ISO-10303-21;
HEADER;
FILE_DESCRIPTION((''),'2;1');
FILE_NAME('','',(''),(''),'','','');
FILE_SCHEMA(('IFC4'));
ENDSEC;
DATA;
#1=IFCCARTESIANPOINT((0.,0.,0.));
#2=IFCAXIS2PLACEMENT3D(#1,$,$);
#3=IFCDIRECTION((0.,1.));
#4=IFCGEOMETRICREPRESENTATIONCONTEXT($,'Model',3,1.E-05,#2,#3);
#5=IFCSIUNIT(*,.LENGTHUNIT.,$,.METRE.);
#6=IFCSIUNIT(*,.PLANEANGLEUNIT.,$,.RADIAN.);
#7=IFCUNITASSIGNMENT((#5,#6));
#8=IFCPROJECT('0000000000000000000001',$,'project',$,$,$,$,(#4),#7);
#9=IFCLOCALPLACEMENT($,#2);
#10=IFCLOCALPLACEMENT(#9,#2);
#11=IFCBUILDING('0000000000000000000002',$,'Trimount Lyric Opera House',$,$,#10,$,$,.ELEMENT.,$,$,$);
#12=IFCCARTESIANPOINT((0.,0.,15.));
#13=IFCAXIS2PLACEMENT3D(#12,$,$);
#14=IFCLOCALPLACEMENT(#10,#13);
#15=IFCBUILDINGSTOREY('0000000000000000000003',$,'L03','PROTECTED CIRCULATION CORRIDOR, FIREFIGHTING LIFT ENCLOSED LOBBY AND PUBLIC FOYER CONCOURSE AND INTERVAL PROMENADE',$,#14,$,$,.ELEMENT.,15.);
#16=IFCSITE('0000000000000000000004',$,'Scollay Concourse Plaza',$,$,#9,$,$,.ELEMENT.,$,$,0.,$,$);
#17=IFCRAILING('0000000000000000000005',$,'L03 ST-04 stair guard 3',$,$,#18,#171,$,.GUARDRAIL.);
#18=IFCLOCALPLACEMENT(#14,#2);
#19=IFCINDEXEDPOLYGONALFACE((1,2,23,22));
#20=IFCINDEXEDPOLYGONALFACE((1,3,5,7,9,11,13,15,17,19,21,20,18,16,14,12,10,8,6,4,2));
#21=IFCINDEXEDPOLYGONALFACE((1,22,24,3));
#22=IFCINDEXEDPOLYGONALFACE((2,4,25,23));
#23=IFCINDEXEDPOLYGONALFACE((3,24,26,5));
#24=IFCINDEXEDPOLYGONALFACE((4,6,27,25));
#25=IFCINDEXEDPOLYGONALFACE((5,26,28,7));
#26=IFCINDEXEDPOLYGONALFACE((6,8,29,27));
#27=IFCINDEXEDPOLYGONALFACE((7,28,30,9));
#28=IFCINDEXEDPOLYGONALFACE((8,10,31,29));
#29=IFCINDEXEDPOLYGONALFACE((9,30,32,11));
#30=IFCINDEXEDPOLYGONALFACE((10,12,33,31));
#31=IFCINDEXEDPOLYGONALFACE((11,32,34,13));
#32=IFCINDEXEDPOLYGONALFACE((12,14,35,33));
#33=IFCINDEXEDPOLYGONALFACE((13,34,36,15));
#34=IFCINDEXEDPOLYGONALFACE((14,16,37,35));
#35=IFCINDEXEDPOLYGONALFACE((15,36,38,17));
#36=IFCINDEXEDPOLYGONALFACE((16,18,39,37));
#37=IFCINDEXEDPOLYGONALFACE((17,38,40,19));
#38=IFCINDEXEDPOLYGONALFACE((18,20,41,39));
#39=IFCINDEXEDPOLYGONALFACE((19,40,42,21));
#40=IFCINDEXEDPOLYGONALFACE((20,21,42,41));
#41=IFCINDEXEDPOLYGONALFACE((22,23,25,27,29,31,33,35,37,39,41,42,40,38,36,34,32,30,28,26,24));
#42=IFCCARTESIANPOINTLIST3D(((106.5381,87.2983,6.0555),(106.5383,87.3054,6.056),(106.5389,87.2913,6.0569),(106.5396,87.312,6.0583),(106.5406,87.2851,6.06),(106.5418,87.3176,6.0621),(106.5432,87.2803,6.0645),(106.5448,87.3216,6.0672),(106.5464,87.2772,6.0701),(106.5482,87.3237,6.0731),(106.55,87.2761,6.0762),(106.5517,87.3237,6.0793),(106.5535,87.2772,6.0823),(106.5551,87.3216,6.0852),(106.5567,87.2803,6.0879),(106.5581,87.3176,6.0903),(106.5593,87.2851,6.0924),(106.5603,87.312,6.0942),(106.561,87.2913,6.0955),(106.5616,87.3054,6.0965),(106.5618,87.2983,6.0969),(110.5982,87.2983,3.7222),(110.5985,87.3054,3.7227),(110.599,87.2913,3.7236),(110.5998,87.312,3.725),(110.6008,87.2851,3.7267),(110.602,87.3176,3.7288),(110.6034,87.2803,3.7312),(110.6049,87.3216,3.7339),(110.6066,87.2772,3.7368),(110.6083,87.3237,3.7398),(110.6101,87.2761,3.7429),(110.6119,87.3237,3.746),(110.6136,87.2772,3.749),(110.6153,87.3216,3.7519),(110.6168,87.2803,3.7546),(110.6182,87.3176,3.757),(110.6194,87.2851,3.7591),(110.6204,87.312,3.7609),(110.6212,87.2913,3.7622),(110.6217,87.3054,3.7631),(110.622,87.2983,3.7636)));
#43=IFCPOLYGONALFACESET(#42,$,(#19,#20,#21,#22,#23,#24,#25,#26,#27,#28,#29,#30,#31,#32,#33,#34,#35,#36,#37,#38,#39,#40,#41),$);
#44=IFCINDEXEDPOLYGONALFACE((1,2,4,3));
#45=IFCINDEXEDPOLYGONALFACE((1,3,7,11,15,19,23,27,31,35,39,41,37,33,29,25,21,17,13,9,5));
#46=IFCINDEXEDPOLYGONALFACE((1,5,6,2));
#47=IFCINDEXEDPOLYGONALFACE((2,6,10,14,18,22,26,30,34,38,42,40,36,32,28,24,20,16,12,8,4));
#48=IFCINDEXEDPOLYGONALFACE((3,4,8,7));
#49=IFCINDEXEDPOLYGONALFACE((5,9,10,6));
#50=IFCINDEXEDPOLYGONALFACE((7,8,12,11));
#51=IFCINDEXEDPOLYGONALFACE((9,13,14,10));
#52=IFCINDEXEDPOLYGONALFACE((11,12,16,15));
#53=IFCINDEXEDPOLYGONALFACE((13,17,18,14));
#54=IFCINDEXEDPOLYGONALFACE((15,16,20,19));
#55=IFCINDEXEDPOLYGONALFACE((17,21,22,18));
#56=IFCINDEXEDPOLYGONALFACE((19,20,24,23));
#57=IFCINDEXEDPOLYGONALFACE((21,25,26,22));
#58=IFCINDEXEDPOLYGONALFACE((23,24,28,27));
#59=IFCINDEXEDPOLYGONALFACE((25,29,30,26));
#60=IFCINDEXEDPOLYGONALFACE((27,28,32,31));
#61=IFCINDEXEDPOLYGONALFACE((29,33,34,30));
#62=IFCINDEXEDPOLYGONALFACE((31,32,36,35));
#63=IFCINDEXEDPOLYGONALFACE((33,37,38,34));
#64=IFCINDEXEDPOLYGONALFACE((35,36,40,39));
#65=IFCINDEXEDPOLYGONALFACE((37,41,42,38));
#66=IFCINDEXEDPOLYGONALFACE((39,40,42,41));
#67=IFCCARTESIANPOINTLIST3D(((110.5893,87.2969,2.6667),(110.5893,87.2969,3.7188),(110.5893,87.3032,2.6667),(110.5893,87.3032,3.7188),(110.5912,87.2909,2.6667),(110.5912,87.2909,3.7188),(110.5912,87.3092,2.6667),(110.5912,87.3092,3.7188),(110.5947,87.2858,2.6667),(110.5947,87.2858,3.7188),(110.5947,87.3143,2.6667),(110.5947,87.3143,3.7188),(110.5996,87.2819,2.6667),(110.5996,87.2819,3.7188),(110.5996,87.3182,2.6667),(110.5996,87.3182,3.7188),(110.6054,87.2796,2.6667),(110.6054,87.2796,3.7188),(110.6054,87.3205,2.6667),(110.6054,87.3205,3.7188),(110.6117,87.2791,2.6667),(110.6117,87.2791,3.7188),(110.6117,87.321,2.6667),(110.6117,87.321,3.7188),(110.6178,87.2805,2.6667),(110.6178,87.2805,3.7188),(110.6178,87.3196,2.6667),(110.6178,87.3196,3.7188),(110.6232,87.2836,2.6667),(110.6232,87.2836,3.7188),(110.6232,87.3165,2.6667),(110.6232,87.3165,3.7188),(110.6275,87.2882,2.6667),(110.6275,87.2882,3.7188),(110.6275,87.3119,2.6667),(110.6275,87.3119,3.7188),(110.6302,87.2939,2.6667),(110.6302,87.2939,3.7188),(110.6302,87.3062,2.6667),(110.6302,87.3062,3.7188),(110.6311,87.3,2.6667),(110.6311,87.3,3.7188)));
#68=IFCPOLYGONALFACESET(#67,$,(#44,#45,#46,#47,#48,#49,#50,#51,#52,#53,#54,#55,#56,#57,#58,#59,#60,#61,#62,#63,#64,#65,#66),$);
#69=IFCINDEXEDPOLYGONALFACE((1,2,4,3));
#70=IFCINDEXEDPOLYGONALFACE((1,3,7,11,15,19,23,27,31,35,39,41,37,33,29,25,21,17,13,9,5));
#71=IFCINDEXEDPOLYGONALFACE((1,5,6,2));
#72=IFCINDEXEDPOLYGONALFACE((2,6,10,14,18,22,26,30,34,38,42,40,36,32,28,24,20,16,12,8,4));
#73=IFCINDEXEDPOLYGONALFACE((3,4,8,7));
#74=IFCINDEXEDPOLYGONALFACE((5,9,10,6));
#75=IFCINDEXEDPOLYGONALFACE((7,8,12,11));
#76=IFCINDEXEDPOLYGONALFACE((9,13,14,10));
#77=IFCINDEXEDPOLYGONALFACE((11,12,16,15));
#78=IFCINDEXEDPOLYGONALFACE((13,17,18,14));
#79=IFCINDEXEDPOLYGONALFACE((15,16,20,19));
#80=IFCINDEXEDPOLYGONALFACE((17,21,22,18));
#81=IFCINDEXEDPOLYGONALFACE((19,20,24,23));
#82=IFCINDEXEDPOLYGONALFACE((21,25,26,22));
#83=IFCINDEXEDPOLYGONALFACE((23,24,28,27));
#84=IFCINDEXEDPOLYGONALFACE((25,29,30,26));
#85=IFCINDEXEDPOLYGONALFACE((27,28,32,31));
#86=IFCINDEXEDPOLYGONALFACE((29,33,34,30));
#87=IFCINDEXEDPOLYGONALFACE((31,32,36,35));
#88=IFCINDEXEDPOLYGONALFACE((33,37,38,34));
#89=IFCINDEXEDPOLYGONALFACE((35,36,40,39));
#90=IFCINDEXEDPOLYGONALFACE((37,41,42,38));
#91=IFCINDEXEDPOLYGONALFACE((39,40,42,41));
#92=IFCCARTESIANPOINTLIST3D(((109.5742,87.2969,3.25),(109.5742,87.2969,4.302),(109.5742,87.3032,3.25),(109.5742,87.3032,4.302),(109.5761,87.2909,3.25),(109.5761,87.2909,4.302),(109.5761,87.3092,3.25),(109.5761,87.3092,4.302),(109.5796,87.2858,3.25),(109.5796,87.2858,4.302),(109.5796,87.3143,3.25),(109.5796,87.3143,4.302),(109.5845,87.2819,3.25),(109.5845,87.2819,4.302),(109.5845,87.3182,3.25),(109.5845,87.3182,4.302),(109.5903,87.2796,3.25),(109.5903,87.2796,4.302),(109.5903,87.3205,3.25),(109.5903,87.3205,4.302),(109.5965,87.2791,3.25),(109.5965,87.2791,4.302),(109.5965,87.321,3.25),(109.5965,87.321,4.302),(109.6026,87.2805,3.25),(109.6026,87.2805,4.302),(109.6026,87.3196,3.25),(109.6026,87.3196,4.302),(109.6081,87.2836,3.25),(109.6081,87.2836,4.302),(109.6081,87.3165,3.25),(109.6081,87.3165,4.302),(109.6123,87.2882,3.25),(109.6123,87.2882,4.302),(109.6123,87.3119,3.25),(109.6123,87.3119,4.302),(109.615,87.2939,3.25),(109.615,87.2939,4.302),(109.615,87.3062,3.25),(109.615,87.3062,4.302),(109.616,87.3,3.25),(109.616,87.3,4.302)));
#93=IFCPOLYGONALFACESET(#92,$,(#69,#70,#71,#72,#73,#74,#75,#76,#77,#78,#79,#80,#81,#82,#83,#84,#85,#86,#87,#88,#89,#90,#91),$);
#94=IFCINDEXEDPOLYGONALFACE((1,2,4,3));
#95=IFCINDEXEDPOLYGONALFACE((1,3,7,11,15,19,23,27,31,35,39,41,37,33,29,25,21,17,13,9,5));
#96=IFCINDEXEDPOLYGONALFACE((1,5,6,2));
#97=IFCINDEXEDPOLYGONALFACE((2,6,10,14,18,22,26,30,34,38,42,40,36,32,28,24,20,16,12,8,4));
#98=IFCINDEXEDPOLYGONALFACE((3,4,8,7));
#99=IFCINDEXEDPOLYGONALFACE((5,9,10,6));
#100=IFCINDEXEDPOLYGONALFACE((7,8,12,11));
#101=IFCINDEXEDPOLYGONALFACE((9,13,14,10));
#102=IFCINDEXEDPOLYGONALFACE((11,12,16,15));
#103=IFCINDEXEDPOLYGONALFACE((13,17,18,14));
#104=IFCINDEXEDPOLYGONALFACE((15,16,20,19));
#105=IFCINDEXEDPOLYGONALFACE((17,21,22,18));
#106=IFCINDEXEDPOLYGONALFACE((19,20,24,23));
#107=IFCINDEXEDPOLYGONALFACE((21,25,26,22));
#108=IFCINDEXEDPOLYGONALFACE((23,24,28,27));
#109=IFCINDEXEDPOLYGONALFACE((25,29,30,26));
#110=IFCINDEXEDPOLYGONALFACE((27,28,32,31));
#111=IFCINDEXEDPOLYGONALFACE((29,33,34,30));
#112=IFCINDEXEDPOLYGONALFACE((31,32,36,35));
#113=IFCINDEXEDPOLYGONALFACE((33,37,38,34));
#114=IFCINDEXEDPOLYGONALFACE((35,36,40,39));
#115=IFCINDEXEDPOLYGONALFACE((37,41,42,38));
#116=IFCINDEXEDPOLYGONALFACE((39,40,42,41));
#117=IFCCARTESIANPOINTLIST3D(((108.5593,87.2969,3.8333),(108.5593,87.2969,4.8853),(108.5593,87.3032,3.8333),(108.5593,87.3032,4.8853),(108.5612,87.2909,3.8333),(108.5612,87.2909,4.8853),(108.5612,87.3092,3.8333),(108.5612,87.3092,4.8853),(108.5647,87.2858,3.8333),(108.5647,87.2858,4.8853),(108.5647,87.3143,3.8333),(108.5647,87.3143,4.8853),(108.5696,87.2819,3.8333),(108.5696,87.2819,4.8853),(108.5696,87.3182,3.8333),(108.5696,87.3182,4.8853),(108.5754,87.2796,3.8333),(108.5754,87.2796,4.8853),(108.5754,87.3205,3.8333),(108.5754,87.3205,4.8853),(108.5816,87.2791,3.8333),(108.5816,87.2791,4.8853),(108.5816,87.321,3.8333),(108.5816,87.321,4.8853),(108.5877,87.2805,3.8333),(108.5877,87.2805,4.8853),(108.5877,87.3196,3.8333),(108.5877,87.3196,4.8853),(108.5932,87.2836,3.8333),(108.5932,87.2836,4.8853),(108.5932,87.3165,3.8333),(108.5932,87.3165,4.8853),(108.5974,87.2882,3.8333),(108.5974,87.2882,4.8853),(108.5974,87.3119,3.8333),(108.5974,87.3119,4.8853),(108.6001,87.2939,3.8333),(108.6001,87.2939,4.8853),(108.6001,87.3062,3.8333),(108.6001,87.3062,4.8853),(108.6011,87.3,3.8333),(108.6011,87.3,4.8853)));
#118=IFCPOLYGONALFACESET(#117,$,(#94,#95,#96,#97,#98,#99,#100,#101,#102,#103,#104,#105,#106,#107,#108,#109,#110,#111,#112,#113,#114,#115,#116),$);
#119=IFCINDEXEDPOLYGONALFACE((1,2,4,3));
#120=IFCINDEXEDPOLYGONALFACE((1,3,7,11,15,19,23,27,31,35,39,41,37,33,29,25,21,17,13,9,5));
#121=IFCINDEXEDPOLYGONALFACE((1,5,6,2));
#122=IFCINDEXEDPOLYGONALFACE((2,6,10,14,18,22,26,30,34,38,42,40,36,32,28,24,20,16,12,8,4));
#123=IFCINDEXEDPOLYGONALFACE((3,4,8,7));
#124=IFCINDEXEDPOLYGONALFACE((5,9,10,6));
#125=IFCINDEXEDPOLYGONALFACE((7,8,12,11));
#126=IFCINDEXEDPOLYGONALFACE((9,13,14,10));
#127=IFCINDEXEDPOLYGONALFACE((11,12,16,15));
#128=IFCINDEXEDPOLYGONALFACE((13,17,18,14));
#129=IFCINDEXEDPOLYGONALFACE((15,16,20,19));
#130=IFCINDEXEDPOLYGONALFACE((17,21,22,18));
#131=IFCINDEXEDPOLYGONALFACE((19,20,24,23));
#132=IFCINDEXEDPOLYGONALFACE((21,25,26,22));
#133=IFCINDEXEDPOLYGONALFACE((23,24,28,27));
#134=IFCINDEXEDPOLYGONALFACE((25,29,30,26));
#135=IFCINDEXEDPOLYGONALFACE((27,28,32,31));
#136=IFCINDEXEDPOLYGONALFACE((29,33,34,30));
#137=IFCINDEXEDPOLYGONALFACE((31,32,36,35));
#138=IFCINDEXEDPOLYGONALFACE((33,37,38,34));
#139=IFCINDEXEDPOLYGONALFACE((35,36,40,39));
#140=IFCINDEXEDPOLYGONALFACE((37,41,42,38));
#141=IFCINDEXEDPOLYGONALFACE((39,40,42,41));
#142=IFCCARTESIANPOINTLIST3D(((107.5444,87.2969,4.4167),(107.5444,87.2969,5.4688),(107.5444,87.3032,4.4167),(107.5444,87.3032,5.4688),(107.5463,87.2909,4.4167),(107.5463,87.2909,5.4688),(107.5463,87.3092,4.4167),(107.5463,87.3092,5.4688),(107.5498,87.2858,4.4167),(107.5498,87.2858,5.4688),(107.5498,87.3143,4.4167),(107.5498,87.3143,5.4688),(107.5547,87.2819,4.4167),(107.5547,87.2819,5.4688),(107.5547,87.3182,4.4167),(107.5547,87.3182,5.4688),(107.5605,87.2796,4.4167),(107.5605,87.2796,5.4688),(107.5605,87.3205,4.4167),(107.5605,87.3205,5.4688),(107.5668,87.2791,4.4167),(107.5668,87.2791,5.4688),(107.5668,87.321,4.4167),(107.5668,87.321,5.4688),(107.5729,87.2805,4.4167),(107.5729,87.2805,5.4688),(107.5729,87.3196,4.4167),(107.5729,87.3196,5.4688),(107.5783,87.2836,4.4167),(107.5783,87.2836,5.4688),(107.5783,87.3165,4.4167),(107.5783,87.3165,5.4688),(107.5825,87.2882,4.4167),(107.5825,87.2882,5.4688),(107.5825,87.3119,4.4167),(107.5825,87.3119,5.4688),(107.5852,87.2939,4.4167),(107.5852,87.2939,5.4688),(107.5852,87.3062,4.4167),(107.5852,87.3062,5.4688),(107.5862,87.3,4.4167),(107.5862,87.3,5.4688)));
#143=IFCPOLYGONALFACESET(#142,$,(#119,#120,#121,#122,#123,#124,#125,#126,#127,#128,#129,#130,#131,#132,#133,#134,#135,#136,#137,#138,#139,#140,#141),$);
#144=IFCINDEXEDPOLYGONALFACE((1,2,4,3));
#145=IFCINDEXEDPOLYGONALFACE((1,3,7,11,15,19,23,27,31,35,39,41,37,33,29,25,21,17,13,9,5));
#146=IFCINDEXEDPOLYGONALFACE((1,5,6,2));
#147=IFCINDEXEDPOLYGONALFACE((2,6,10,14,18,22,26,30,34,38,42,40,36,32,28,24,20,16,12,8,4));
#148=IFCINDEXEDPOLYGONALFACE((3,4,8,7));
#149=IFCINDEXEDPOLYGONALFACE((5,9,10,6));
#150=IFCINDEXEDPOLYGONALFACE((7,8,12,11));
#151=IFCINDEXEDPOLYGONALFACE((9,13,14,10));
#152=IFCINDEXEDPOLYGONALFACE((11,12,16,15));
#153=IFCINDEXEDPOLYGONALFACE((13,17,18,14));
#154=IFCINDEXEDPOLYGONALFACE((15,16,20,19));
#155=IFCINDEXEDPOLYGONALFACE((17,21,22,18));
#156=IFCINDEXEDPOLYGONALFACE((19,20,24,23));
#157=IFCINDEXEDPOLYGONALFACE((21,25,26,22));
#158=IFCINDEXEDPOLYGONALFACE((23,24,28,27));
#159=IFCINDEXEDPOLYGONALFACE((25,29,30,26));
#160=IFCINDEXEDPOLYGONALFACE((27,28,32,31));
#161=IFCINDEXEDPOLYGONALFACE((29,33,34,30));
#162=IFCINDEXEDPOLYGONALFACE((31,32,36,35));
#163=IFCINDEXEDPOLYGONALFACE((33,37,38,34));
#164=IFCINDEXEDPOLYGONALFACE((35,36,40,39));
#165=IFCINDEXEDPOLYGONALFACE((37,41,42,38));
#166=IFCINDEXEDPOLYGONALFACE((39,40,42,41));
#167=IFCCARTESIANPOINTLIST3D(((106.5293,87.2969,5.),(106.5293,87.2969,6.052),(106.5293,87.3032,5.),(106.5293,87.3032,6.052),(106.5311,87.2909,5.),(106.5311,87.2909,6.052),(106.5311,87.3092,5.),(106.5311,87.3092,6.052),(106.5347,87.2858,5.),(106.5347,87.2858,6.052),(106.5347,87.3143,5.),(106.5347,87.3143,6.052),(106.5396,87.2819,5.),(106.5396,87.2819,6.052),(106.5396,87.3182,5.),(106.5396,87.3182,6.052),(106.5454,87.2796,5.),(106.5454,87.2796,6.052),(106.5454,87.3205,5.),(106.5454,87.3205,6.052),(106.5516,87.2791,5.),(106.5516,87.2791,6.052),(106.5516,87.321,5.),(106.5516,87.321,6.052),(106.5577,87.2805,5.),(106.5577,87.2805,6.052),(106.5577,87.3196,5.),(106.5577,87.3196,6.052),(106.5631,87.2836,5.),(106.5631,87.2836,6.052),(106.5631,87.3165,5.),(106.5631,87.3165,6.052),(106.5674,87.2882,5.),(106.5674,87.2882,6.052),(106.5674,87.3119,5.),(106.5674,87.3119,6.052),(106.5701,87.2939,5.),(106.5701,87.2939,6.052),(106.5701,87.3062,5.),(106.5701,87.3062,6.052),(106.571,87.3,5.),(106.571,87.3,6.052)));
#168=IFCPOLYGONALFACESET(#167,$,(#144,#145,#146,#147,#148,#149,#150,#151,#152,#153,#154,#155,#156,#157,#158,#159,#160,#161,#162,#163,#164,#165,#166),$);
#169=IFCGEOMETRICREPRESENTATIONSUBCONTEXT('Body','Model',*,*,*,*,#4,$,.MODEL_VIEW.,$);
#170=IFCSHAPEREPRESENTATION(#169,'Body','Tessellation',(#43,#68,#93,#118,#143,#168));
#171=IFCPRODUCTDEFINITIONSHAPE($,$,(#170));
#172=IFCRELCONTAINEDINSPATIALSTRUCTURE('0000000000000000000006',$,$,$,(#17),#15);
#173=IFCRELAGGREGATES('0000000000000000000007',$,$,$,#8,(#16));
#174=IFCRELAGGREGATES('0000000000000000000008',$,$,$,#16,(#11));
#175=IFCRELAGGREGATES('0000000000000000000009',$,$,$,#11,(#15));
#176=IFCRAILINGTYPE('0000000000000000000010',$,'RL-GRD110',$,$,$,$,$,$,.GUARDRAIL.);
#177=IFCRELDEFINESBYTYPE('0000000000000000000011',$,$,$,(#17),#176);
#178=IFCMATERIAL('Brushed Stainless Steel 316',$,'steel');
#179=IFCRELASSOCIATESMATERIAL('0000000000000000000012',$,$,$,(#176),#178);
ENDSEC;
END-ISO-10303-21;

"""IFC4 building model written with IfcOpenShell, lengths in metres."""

from ifc_helpers import new_model, si_unit, direction, frame, origin, origin_2d, place, context, subcontext, project, spatial, circle, extrude, material, type_object, element, save


model = new_model("IFC4")

# Units and contexts
model_context = context("Model", 3, precision=1e-05, world=origin(), true_north=direction((0.0, 1.0)))
body_context = subcontext(model_context, "Body", "Model", "MODEL_VIEW")
ifc_project = project(units=[si_unit("LENGTHUNIT", "METRE"), si_unit("PLANEANGLEUNIT", "RADIAN")], contexts=[model_context])

# Site, building, storey
site_placement = place(None, origin())
site = spatial("IfcSite", under=ifc_project, at=site_placement, Name="Scollay Concourse Plaza", CompositionType="ELEMENT", RefElevation=0.0)
building_placement = place(site_placement, origin())
building = spatial("IfcBuilding", under=site, at=building_placement, Name="Trimount Lyric Opera House", CompositionType="ELEMENT")
storey_placement = place(building_placement, frame((0.0, 0.0, 15.0)))
storey = spatial("IfcBuildingStorey", under=building, at=storey_placement, Name="L03", Description="PROTECTED CIRCULATION CORRIDOR, FIREFIGHTING LIFT ENCLOSED LOBBY AND PUBLIC FOYER CONCOURSE AND INTERVAL PROMENADE", CompositionType="ELEMENT", Elevation=15.0)

# Railing
ifc_material_1 = material(Name="Brushed Stainless Steel 316", Category="steel")
railing_type_1 = type_object("IfcRailingType", Name="RL-GRD110", PredefinedType="GUARDRAIL", material=ifc_material_1)
railing_1_placement = place(storey_placement, frame((110.6101, 87.3, 2.6667)))
element("IfcRailing", 1, at=railing_1_placement, inside=storey, type_object=railing_type_1, Name="L03 ST-04 stair guard 3", PredefinedType="GUARDRAIL", context=body_context, shape_type="SweptSolid", body=[
    extrude(circle(Radius=0.0239, at=origin_2d()), frame((0.0, 0.0, 1.0762), z_axis=(-0.867025, 0.0, 0.498265), x_axis=(0.0, -1.0, 0.0)), (0.0, 0.0, 1.0), 4.6829),
    extrude(circle(Radius=0.021, at=origin_2d()), origin(), (0.0, 0.0, 1.0), 1.052),
    extrude(circle(Radius=0.021, at=origin_2d()), frame((-1.0151, 0.0, 0.5833)), (0.0, 0.0, 1.0), 1.052),
    extrude(circle(Radius=0.021, at=origin_2d()), frame((-2.03, 0.0, 1.1665)), (0.0, 0.0, 1.0), 1.052),
    extrude(circle(Radius=0.021, at=origin_2d()), frame((-3.0449, 0.0, 1.75)), (0.0, 0.0, 1.0), 1.052),
    extrude(circle(Radius=0.021, at=origin_2d()), frame((-4.0601, 0.0, 2.3333)), (0.0, 0.0, 1.0), 1.052),
])

save(model, "model.ifc")
